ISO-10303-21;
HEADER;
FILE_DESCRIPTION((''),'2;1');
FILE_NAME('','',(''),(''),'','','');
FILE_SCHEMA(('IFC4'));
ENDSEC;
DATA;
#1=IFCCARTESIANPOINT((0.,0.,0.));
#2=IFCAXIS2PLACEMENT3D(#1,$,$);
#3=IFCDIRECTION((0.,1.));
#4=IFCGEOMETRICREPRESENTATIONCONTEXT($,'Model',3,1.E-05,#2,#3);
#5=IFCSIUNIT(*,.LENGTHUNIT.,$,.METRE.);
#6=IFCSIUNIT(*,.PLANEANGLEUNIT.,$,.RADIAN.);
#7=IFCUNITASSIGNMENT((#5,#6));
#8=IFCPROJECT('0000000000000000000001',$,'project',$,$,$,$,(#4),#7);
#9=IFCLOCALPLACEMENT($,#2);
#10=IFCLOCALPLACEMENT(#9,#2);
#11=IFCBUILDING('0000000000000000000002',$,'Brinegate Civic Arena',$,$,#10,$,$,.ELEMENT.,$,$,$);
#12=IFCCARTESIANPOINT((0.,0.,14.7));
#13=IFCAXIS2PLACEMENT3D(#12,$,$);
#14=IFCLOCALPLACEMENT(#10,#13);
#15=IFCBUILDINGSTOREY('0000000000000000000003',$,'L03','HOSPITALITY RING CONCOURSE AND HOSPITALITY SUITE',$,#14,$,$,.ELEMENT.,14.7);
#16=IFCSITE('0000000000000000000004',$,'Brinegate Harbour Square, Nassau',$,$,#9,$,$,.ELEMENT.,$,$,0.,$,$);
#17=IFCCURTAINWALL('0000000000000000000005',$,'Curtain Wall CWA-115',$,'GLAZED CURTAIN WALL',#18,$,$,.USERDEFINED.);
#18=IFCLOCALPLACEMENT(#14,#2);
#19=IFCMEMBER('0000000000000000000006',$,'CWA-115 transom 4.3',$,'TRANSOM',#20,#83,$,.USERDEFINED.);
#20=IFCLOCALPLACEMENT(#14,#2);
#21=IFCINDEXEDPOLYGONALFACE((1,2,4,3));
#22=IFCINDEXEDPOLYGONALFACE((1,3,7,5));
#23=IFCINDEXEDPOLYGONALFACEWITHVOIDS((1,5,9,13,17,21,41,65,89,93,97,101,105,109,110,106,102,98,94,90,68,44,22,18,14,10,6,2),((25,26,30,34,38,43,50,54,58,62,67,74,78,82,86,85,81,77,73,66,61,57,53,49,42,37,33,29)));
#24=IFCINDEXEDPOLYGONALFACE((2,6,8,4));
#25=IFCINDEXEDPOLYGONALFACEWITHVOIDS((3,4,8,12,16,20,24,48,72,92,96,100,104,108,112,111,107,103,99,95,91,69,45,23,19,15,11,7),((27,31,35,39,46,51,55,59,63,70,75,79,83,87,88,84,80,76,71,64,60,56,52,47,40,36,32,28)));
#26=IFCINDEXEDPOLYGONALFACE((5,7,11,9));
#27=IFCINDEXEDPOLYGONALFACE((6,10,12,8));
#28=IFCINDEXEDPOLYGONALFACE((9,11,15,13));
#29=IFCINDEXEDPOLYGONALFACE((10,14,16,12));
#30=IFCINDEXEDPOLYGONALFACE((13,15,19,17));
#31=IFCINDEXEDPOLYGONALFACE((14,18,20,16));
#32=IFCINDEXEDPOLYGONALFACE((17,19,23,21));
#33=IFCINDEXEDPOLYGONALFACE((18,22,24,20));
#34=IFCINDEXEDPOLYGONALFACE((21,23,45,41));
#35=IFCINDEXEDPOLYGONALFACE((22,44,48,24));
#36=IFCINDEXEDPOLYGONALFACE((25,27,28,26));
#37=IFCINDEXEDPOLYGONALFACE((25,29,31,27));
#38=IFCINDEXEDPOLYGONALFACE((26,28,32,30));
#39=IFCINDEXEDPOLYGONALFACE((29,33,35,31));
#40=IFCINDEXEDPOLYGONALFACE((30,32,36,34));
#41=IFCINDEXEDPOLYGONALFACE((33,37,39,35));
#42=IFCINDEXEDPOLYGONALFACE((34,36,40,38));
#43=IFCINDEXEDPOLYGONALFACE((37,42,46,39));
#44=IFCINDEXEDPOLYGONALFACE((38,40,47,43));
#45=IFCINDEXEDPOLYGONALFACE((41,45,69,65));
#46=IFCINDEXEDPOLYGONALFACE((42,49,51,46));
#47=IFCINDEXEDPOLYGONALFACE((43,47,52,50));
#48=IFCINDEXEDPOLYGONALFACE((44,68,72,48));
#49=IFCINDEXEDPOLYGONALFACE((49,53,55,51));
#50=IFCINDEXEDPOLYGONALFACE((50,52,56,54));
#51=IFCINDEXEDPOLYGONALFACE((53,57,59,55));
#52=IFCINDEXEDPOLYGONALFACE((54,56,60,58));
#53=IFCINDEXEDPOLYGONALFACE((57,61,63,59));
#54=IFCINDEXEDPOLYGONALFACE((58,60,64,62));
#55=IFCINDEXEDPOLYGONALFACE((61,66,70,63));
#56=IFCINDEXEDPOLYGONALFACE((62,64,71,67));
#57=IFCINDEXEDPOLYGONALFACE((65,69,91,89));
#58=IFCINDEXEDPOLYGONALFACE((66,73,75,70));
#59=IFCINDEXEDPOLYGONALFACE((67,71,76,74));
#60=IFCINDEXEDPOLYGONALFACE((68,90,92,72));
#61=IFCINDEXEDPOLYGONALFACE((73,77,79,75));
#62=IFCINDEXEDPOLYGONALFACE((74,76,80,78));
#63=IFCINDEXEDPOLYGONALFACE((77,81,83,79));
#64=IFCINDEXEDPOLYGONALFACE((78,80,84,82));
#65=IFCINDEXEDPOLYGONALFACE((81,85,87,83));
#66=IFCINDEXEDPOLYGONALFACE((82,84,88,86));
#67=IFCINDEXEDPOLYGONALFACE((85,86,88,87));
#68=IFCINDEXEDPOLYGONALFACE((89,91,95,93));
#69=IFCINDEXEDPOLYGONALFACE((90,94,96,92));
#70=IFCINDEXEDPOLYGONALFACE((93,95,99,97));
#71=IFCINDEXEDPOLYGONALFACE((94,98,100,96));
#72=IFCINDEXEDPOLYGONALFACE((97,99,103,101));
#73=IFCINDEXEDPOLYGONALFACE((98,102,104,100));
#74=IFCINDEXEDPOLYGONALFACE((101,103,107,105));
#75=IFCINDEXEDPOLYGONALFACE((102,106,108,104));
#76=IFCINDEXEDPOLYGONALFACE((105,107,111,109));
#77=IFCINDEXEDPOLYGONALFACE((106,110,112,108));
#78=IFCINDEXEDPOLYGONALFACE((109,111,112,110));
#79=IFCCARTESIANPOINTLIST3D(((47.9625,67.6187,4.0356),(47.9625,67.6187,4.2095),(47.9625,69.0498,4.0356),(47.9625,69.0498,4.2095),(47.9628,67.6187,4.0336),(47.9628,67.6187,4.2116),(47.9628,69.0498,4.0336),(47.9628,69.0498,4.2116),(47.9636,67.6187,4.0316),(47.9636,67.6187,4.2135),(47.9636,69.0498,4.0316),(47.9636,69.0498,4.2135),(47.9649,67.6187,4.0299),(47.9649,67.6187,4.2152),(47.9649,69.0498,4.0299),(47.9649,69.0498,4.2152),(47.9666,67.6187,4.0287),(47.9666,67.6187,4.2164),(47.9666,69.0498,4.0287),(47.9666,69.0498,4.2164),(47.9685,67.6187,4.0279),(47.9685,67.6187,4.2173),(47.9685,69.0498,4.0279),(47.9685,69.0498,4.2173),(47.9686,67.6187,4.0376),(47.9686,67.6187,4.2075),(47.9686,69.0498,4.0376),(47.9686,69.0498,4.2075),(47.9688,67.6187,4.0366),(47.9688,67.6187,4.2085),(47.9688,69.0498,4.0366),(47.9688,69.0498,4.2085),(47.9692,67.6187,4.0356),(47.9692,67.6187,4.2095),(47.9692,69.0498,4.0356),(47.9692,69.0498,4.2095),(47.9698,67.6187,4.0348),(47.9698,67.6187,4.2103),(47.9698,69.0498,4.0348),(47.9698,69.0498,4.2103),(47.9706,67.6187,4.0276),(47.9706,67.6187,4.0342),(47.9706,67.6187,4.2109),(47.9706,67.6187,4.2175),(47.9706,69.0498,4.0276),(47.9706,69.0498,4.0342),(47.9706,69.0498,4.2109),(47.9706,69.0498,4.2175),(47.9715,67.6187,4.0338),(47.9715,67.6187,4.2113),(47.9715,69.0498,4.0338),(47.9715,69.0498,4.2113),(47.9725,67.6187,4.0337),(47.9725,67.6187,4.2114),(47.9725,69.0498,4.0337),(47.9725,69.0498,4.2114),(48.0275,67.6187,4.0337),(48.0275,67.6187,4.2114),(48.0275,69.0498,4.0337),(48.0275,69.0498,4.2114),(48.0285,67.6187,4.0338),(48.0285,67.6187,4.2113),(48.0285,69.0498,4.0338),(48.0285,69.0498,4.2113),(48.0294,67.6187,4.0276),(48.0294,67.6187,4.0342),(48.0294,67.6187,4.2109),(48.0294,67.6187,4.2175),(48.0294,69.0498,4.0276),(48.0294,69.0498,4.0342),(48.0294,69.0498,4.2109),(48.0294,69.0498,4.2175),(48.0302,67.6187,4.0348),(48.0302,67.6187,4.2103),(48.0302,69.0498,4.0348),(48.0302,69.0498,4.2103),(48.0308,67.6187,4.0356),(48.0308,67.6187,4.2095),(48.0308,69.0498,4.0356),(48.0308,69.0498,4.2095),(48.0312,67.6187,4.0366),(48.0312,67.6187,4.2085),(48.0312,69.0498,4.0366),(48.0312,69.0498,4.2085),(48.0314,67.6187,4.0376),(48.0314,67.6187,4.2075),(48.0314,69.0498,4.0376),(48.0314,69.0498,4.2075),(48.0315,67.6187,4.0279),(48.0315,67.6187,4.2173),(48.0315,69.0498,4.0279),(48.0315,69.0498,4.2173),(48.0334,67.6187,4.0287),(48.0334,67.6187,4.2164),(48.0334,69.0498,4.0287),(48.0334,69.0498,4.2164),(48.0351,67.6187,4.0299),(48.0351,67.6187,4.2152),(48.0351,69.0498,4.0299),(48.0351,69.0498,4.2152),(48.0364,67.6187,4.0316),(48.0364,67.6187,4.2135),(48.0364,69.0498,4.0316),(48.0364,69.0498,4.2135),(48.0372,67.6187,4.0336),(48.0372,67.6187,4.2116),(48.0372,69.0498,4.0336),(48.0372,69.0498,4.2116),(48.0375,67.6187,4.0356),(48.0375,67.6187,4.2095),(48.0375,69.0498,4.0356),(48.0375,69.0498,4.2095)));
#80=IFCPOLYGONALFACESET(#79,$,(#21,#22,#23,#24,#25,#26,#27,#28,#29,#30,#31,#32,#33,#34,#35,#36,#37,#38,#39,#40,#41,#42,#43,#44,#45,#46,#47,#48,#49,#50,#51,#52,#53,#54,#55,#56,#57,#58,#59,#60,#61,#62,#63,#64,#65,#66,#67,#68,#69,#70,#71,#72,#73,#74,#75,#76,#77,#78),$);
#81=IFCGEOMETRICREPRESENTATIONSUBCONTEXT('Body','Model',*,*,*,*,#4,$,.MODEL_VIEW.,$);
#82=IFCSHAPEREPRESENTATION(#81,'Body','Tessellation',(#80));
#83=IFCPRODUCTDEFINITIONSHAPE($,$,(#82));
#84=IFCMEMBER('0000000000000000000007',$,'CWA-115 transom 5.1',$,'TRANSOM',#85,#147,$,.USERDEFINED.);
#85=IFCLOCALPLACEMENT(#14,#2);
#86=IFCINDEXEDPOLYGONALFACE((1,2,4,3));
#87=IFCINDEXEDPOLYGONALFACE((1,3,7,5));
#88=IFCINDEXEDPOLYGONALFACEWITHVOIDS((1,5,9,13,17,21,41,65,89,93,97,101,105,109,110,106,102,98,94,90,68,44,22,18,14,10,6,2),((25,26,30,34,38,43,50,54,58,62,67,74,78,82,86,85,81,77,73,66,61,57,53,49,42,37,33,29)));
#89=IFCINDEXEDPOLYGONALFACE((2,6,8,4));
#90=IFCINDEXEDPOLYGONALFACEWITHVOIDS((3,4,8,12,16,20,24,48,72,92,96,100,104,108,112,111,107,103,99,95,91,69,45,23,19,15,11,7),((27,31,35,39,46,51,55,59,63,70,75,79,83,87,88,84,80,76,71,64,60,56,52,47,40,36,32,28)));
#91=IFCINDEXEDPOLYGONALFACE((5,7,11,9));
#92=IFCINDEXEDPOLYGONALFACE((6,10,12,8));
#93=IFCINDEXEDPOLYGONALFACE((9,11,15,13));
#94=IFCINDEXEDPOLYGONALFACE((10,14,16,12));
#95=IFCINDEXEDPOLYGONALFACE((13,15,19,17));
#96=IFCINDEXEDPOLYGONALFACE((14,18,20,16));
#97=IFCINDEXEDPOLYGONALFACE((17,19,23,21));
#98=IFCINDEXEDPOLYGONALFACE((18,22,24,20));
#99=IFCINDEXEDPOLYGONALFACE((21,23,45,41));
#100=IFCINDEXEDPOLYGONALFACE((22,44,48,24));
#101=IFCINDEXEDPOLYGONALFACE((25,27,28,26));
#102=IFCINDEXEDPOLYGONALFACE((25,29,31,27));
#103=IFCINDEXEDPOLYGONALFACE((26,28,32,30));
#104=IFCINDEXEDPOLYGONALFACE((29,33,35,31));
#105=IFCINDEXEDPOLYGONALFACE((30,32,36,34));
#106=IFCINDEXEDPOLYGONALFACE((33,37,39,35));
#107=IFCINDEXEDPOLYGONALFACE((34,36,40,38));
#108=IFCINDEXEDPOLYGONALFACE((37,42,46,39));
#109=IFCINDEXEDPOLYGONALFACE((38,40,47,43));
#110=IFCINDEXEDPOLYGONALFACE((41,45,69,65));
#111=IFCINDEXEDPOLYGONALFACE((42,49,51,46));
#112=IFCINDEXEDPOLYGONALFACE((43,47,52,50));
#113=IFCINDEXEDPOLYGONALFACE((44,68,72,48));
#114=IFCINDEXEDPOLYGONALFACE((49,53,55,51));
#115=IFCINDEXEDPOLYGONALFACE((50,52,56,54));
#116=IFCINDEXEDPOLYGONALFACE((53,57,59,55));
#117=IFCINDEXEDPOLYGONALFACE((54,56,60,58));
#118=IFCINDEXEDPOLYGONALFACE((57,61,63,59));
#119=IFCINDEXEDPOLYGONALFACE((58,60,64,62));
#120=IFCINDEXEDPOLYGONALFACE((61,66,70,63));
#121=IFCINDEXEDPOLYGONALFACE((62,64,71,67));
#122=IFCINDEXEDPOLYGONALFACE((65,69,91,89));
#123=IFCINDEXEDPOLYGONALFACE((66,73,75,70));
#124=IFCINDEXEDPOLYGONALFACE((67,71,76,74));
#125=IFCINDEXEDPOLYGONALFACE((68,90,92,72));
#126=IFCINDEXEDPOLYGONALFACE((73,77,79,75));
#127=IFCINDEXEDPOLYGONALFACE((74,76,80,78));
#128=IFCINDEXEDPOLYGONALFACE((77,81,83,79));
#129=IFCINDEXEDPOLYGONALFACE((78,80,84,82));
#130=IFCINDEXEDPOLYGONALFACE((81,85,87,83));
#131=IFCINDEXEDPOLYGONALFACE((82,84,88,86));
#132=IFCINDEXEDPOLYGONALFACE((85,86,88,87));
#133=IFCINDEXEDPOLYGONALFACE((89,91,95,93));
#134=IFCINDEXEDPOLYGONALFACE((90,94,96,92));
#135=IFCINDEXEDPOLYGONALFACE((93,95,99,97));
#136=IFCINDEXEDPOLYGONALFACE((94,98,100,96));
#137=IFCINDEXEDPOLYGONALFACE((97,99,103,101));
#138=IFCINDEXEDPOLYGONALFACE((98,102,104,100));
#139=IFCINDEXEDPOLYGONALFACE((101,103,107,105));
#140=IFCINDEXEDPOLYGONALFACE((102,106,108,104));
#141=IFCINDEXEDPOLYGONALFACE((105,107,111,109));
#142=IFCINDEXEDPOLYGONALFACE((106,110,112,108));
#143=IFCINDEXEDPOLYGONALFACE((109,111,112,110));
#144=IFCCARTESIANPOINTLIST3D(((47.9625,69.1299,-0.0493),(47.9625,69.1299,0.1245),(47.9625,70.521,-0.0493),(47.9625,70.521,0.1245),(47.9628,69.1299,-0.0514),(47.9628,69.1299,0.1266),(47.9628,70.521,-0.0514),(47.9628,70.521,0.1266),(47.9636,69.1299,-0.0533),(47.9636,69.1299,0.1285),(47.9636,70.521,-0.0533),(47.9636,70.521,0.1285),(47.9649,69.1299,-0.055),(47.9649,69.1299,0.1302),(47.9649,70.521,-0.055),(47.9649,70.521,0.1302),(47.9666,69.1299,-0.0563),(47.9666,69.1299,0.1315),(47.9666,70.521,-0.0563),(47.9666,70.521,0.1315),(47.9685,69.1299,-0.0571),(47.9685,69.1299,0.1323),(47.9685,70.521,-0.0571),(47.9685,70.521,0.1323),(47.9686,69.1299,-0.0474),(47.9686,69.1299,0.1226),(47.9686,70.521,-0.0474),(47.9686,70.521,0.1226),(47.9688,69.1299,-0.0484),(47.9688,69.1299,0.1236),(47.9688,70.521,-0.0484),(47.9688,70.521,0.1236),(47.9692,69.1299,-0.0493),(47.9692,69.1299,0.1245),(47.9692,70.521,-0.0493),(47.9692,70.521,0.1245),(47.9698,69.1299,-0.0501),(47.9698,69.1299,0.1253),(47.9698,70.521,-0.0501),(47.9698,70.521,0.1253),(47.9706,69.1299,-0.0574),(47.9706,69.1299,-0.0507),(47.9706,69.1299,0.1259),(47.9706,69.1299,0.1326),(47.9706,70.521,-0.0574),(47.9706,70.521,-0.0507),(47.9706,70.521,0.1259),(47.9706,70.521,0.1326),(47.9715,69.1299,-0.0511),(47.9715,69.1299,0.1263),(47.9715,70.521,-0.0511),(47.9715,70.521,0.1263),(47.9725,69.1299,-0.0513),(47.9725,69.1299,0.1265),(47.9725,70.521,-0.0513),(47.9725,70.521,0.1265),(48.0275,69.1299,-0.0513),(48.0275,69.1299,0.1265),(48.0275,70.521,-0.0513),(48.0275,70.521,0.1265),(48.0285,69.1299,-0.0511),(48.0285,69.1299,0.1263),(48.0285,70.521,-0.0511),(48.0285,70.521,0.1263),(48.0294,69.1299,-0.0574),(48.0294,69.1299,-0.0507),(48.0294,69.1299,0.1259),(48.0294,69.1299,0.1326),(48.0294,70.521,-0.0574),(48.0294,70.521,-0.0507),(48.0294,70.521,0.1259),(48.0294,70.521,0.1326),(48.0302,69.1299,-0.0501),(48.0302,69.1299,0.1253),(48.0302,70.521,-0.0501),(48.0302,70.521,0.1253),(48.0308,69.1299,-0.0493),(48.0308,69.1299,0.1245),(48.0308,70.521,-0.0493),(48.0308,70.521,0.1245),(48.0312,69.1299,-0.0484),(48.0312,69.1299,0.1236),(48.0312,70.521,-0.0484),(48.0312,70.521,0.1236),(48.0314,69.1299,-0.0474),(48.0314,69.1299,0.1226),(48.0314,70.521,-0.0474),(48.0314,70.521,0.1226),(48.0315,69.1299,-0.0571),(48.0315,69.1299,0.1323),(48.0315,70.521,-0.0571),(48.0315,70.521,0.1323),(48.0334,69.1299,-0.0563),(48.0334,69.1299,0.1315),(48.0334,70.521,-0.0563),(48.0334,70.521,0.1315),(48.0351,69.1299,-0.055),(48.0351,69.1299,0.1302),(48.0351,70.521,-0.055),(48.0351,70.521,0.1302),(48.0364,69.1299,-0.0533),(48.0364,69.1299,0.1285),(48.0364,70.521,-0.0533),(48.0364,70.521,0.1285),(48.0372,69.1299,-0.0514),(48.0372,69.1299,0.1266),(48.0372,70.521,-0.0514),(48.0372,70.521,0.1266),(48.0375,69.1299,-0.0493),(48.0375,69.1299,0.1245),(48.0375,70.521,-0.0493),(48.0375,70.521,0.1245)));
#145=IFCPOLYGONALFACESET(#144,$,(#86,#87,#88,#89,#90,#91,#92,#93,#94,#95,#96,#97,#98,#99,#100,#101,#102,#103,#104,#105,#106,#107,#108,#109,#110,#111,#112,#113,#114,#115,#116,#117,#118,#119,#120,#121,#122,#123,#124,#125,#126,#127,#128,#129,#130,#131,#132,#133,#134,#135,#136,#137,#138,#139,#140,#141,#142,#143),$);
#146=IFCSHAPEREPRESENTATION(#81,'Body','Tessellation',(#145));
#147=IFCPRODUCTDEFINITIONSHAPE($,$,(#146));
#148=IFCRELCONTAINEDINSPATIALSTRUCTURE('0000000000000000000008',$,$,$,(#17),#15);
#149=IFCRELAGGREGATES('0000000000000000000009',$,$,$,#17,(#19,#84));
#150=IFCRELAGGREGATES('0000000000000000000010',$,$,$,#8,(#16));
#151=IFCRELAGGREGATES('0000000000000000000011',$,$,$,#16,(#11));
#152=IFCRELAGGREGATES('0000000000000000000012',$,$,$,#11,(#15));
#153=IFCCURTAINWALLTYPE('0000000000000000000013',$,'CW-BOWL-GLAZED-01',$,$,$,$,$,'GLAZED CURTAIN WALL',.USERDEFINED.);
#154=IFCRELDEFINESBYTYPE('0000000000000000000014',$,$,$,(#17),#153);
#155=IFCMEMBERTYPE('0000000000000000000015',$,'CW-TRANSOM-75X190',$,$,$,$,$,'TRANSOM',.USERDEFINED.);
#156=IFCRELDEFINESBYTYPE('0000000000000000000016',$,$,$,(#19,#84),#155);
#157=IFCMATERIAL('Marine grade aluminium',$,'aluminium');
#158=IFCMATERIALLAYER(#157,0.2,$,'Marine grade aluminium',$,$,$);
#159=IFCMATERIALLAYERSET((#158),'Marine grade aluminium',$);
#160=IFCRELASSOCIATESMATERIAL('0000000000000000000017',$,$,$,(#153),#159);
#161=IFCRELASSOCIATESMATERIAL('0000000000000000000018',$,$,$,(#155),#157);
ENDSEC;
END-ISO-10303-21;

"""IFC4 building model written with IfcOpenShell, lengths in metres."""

from ifc_helpers import new_model, si_unit, direction, frame, origin, origin_2d, place, context, subcontext, project, spatial, hollow_rectangle, extrude, material, layer, layer_set, material_profile, profile_set, type_object, element, aggregate, save


model = new_model("IFC4")

# Units and contexts
model_context = context("Model", 3, precision=1e-05, world=origin(), true_north=direction((0.0, 1.0)))
body_context = subcontext(model_context, "Body", "Model", "MODEL_VIEW")
ifc_project = project(units=[si_unit("LENGTHUNIT", "METRE"), si_unit("PLANEANGLEUNIT", "RADIAN")], contexts=[model_context])

# Site, building, storey
site_placement = place(None, origin())
site = spatial("IfcSite", under=ifc_project, at=site_placement, Name="Brinegate Harbour Square, Nassau", CompositionType="ELEMENT", RefElevation=0.0)
building_placement = place(site_placement, origin())
building = spatial("IfcBuilding", under=site, at=building_placement, Name="Brinegate Civic Arena", CompositionType="ELEMENT")
storey_placement = place(building_placement, frame((0.0, 0.0, 14.7)))
storey = spatial("IfcBuildingStorey", under=building, at=storey_placement, Name="L03", Description="HOSPITALITY RING CONCOURSE AND HOSPITALITY SUITE", CompositionType="ELEMENT", Elevation=14.7)

# Curtain wall
ifc_material_1 = material(Name="Marine grade aluminium", Category="aluminium")
ifc_layer_1 = layer(ifc_material_1, 0.2, Name="Marine grade aluminium")
ifc_layer_set_1 = layer_set([ifc_layer_1], Name="Marine grade aluminium")
curtain_wall_type = type_object("IfcCurtainWallType", Name="CW-BOWL-GLAZED-01", ElementType="GLAZED CURTAIN WALL", PredefinedType="USERDEFINED", material=ifc_layer_set_1)
curtain_wall_1_placement = place(storey_placement, origin())
curtain_wall_1 = element("IfcCurtainWall", 1, at=curtain_wall_1_placement, inside=storey, type_object=curtain_wall_type, Name="Curtain Wall CWA-115", ObjectType="GLAZED CURTAIN WALL", PredefinedType="USERDEFINED")

# Members
ifc_material_profile_1 = material_profile(ifc_material_1, hollow_rectangle(XDim=0.075, YDim=0.1899, WallThickness=0.0061, InnerFilletRadius=0.0039, OuterFilletRadius=0.0081, at=origin_2d()), Name="TRN75X190")
ifc_profile_set_1 = profile_set([ifc_material_profile_1], Name="Marine grade aluminium")
member_type_1 = type_object("IfcMemberType", Name="CW-TRANSOM-75X190", ElementType="TRANSOM", PredefinedType="USERDEFINED", material=ifc_profile_set_1)
member_1_placement = place(storey_placement, frame((48.0, 67.6187, 4.1226), z_axis=(0.0, 1.0, 0.0), x_axis=(-1.0, 0.0, 0.0)))
member_1 = element("IfcMember", 2, at=member_1_placement, type_object=member_type_1, Name="CWA-115 transom 4.3", ObjectType="TRANSOM", PredefinedType="USERDEFINED", context=body_context, shape_type="SweptSolid", body=[
    extrude(hollow_rectangle(XDim=0.075, YDim=0.1899, WallThickness=0.0061, InnerFilletRadius=0.0039, OuterFilletRadius=0.0081, at=origin_2d()), origin(), (0.0, 0.0, 1.0), 1.4312),
])
member_2_placement = place(storey_placement, frame((48.0, 69.1299, 0.0376), z_axis=(0.0, 1.0, 0.0), x_axis=(-1.0, 0.0, 0.0)))
member_2 = element("IfcMember", 3, at=member_2_placement, type_object=member_type_1, Name="CWA-115 transom 5.1", ObjectType="TRANSOM", PredefinedType="USERDEFINED", context=body_context, shape_type="SweptSolid", body=[
    extrude(hollow_rectangle(XDim=0.075, YDim=0.1899, WallThickness=0.0061, InnerFilletRadius=0.0039, OuterFilletRadius=0.0081, at=origin_2d()), origin(), (0.0, 0.0, 1.0), 1.3911),
])

aggregate(curtain_wall_1, [member_1, member_2])

save(model, "model.ifc")
